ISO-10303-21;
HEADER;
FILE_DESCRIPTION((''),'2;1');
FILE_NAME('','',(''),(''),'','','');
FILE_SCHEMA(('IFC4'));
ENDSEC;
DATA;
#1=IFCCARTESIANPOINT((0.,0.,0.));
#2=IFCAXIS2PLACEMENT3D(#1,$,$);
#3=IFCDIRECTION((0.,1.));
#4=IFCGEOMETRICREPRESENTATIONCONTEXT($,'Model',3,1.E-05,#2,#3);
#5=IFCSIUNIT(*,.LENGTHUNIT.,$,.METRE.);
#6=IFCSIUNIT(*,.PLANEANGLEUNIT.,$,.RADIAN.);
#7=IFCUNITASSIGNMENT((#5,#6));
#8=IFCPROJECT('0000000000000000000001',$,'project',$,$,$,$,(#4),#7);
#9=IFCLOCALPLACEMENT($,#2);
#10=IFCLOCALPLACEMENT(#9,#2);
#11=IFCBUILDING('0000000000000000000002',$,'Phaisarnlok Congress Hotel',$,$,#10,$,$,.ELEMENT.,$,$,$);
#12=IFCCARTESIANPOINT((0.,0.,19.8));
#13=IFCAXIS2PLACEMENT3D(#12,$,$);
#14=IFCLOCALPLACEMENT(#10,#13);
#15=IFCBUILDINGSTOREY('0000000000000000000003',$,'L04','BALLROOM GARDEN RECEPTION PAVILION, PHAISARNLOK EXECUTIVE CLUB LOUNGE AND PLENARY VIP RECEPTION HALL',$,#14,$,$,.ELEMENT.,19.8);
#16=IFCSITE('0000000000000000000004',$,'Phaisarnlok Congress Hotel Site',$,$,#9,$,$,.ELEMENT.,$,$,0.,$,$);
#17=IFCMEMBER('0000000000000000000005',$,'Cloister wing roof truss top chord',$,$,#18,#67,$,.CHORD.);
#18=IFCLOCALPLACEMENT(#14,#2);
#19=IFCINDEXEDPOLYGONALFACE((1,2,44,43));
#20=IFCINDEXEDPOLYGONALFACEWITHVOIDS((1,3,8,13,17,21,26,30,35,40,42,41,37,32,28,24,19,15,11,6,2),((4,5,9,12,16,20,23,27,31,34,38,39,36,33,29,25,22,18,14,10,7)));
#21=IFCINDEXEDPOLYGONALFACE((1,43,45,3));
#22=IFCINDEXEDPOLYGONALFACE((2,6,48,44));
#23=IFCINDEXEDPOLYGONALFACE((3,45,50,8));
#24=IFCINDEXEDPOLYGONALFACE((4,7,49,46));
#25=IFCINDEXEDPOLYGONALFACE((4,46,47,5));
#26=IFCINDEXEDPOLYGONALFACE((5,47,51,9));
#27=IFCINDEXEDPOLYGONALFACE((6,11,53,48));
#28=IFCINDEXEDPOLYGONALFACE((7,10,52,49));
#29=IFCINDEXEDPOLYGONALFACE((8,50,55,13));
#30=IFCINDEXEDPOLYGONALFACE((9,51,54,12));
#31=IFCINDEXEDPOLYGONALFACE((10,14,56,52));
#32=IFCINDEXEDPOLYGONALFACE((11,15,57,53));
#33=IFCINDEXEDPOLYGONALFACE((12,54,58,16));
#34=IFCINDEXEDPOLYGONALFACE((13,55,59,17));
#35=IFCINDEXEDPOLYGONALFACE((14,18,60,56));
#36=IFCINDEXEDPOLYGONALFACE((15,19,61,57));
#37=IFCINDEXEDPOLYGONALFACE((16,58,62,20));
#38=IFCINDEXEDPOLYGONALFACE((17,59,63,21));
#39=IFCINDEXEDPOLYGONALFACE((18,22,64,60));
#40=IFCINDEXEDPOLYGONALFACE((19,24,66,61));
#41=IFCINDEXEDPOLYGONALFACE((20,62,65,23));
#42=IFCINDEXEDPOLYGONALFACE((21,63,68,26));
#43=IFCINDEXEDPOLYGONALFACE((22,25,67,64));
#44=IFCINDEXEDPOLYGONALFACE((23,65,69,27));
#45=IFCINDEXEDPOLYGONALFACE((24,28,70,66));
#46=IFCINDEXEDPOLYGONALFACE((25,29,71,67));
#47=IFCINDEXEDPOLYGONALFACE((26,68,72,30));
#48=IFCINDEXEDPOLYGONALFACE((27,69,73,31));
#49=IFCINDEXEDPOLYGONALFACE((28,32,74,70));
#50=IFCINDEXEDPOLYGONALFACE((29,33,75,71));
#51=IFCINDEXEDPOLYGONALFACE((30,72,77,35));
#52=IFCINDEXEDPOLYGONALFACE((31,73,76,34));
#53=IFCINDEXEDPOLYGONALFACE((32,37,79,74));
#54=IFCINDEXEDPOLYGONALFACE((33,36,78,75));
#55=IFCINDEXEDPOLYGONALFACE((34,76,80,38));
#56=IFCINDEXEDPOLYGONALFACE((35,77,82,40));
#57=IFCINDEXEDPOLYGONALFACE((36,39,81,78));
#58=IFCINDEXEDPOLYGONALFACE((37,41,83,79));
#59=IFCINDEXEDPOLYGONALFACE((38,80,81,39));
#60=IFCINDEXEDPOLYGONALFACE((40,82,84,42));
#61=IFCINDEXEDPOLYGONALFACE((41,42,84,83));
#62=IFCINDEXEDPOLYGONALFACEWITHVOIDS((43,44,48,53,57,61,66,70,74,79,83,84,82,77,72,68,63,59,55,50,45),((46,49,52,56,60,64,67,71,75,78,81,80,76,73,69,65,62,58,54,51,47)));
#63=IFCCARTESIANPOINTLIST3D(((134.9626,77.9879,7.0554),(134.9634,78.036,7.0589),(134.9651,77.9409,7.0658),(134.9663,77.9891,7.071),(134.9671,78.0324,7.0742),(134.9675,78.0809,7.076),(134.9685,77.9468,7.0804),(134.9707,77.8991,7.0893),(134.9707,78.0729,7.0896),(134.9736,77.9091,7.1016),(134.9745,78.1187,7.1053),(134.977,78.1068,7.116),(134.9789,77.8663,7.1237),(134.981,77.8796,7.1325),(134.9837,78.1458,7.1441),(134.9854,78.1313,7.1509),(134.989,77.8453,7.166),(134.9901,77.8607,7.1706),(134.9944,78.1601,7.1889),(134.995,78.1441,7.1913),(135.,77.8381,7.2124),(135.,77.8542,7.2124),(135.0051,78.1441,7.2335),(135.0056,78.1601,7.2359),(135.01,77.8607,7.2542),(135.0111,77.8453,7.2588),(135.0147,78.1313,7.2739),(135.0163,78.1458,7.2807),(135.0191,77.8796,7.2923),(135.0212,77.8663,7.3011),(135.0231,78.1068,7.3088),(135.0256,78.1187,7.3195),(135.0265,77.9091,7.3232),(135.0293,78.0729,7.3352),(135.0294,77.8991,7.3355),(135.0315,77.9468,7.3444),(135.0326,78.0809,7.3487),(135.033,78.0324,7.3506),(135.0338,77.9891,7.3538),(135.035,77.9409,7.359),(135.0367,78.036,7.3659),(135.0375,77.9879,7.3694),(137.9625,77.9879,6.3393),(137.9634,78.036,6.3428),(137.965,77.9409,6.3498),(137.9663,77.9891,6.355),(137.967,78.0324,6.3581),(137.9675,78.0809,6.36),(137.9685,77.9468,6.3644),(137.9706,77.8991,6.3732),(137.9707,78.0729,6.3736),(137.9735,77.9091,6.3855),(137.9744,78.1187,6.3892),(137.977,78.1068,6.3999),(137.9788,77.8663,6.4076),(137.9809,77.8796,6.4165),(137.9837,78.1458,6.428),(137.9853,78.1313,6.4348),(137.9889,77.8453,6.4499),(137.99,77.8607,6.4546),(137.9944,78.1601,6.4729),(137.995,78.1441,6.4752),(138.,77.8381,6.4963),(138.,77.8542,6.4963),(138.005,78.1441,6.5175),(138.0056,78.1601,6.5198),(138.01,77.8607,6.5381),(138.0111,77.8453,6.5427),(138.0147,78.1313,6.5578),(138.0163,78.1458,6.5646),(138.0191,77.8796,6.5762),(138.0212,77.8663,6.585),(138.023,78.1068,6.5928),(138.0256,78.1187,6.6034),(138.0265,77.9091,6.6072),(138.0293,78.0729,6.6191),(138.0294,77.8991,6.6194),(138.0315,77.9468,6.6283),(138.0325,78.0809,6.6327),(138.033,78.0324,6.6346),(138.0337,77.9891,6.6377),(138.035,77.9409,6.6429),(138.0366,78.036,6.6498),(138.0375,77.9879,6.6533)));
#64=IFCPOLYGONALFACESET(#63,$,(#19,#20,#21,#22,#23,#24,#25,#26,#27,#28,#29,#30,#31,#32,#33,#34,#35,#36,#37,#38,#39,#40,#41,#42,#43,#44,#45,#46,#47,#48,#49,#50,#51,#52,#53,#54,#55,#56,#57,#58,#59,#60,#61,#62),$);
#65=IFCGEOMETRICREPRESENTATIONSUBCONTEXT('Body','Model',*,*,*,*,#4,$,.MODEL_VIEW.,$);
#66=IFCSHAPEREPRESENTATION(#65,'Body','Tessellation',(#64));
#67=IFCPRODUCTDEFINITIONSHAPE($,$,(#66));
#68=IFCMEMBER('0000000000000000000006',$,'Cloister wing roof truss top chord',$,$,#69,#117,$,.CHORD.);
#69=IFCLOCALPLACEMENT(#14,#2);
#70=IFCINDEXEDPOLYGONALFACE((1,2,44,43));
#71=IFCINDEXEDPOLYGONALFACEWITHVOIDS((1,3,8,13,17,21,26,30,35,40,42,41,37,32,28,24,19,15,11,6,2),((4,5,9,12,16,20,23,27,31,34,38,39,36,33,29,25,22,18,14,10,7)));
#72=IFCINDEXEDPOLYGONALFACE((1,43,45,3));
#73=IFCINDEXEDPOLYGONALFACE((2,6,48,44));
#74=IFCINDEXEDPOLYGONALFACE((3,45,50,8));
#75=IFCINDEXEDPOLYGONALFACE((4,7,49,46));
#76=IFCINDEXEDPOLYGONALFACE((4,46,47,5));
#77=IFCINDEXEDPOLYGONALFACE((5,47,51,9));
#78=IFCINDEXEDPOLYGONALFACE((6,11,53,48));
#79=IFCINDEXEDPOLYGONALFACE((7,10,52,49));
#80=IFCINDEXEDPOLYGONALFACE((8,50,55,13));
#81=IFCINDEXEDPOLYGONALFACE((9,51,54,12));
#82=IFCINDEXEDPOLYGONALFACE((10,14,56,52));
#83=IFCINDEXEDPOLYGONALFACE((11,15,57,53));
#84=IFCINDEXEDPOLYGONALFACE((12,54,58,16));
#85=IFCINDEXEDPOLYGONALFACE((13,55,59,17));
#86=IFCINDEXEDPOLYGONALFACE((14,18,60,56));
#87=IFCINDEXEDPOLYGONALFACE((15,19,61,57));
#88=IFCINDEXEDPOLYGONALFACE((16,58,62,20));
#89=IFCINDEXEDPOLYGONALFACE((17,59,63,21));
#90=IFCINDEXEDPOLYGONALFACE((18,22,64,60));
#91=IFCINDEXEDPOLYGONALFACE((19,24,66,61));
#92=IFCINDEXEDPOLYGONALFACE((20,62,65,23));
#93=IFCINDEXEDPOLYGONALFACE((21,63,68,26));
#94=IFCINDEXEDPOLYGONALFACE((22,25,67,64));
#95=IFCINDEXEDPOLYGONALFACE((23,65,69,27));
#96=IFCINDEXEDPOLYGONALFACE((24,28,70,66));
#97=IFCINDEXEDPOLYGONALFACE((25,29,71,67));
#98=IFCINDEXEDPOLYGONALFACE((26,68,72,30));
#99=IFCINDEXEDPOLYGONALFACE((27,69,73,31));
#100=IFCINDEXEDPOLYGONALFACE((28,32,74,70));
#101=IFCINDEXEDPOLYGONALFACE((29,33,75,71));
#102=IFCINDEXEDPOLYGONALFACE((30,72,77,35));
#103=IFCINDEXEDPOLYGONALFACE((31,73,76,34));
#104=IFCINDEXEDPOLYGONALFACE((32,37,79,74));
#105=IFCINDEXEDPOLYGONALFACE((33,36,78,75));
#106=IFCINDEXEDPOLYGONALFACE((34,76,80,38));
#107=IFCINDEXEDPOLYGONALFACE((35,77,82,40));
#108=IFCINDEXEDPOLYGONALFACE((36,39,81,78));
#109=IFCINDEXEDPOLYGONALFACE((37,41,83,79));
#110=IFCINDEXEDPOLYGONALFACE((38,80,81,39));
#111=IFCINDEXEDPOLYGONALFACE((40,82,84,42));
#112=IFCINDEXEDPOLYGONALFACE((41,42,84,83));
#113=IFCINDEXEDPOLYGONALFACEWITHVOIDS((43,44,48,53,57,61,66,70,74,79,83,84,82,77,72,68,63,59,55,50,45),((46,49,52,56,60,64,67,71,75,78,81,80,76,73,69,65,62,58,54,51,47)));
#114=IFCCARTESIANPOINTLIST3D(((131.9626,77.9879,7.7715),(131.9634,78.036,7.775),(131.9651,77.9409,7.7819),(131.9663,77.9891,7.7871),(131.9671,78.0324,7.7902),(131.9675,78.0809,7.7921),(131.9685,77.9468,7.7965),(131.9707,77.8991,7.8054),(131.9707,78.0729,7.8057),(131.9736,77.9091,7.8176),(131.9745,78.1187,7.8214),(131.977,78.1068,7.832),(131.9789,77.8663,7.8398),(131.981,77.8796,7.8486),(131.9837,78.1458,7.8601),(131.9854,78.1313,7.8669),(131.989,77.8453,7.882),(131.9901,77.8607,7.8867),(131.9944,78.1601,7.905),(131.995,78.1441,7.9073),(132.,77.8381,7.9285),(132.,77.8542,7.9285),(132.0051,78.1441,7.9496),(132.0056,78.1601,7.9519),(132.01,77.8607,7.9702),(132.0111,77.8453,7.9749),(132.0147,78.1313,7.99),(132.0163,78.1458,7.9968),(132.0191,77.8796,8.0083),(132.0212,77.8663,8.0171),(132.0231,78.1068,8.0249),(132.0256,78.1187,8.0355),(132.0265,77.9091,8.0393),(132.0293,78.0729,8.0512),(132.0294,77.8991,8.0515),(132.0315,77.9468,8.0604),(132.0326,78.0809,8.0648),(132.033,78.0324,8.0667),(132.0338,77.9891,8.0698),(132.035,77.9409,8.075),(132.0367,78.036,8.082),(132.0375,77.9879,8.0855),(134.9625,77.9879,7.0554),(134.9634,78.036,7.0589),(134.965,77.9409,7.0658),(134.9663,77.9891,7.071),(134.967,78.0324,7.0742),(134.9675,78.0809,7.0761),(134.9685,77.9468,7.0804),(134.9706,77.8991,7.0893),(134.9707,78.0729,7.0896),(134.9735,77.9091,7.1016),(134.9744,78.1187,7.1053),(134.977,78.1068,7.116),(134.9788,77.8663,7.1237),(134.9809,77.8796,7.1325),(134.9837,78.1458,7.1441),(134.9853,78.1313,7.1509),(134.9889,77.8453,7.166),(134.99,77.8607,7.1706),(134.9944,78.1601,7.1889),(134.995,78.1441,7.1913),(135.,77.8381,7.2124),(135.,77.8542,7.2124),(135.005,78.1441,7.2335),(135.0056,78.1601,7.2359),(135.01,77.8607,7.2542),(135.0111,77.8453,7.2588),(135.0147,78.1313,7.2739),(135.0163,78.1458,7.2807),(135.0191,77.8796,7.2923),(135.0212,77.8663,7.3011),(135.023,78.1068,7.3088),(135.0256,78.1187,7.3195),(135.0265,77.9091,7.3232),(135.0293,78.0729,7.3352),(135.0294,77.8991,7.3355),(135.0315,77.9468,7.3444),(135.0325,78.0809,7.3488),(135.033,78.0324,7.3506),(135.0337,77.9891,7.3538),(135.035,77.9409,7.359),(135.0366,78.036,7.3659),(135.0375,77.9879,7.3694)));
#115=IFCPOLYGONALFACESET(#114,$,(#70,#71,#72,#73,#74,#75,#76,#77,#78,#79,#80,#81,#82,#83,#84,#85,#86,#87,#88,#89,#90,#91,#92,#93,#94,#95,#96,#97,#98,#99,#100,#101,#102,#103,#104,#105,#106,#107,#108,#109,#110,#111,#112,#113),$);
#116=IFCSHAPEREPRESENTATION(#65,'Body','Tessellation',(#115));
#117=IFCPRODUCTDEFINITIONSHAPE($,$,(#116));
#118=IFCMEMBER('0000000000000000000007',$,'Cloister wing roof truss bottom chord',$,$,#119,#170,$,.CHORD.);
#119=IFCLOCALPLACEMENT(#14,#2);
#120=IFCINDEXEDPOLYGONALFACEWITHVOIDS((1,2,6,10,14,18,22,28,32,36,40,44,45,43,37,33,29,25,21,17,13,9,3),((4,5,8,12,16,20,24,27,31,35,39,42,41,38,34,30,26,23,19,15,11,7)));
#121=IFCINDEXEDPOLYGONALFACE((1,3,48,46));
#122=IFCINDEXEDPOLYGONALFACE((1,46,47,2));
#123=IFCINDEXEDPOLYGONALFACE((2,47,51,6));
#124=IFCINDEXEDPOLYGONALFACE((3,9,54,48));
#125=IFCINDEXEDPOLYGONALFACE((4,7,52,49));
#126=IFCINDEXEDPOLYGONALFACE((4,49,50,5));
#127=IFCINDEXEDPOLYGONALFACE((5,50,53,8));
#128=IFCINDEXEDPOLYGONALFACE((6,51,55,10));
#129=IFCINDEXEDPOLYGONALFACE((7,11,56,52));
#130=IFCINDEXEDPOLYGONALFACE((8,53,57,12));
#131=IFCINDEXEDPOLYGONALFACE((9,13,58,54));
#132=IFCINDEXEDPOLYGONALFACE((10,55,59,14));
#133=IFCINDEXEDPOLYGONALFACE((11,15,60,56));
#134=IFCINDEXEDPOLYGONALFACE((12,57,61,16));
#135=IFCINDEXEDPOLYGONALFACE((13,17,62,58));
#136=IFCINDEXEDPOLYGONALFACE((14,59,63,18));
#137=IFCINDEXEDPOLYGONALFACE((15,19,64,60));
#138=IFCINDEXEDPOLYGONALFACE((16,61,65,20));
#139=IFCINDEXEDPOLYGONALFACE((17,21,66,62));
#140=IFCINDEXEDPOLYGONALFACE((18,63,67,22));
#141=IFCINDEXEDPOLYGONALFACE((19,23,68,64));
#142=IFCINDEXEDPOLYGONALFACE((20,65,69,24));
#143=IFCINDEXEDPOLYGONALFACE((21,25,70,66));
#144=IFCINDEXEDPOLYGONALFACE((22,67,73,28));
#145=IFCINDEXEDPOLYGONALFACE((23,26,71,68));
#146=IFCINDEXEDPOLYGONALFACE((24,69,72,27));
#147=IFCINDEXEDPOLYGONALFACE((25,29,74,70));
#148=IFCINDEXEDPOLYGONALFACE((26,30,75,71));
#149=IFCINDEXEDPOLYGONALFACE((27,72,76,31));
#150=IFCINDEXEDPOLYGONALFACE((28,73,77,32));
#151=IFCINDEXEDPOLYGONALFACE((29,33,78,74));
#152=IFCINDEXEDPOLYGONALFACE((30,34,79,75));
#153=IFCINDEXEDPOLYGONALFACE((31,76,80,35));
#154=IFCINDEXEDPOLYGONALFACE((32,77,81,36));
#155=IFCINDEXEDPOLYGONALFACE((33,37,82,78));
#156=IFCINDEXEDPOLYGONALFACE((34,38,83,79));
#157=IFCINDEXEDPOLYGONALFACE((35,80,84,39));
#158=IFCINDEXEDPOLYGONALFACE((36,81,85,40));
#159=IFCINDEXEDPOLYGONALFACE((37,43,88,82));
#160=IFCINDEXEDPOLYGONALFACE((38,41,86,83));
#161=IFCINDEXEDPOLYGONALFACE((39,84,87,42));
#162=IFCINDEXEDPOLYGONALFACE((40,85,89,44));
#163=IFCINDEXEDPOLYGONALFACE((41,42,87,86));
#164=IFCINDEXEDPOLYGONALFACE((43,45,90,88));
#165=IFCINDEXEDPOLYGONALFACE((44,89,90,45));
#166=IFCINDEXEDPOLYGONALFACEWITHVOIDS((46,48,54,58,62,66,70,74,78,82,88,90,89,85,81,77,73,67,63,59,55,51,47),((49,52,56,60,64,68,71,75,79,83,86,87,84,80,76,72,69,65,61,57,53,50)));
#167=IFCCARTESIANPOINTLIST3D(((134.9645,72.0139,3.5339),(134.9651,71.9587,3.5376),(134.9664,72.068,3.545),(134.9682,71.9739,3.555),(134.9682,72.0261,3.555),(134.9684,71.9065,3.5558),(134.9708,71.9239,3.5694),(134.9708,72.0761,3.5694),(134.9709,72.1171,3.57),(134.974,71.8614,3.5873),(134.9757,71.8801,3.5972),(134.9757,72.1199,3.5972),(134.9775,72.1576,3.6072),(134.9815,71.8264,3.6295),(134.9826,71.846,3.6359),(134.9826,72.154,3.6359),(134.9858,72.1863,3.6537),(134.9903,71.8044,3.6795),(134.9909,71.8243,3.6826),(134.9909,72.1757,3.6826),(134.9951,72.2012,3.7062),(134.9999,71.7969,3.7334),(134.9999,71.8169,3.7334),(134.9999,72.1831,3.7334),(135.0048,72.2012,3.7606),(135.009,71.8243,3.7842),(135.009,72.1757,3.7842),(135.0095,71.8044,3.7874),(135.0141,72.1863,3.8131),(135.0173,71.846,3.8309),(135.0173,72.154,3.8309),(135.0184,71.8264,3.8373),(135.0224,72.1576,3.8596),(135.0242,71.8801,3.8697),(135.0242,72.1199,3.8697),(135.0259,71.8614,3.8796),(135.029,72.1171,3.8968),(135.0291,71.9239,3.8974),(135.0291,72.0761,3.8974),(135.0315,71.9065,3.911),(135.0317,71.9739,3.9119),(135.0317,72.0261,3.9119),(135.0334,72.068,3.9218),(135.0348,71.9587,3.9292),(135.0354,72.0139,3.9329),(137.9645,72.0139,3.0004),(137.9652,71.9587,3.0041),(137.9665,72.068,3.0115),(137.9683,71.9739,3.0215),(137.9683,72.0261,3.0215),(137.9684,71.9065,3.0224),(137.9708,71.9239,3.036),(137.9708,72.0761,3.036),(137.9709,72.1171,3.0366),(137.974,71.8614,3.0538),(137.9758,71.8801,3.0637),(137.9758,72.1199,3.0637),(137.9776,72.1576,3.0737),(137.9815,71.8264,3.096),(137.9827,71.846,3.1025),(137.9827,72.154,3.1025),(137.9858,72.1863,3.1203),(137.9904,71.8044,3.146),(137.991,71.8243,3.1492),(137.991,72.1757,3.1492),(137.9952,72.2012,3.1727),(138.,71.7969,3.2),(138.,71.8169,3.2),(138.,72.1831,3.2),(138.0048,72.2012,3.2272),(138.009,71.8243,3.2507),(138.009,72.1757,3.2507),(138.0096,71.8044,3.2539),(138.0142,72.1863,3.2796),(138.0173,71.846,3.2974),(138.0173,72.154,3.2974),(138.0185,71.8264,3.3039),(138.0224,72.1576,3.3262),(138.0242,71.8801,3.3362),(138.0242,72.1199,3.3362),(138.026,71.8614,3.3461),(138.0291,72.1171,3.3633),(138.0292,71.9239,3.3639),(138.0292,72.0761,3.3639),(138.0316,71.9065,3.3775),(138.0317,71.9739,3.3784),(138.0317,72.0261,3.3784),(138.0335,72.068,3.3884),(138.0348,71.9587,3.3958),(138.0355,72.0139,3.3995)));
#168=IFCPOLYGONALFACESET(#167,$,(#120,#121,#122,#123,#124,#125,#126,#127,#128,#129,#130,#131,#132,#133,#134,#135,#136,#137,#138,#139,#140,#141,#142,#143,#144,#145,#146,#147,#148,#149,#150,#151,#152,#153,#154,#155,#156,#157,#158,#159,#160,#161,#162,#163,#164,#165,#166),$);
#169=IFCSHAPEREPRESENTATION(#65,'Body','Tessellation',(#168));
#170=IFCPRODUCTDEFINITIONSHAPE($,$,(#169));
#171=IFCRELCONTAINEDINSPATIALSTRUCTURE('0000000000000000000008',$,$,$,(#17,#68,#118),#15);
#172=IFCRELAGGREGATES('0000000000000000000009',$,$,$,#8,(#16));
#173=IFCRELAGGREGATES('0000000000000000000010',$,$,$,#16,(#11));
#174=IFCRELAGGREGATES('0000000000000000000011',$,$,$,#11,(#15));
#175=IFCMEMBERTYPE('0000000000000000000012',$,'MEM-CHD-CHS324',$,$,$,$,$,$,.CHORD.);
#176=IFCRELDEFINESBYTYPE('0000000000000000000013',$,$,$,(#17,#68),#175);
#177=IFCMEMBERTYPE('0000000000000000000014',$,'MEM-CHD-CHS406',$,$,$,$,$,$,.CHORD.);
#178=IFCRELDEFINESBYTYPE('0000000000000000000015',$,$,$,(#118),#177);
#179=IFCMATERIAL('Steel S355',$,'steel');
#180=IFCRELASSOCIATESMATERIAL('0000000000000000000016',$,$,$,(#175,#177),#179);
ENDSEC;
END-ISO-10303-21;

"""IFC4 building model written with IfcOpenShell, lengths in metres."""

from ifc_helpers import new_model, si_unit, direction, frame, origin, origin_2d, place, context, subcontext, project, spatial, hollow_circle, extrude, material, material_profile, profile_set, type_object, element, save


model = new_model("IFC4")

# Units and contexts
model_context = context("Model", 3, precision=1e-05, world=origin(), true_north=direction((0.0, 1.0)))
body_context = subcontext(model_context, "Body", "Model", "MODEL_VIEW")
ifc_project = project(units=[si_unit("LENGTHUNIT", "METRE"), si_unit("PLANEANGLEUNIT", "RADIAN")], contexts=[model_context])

# Site, building, storey
site_placement = place(None, origin())
site = spatial("IfcSite", under=ifc_project, at=site_placement, Name="Phaisarnlok Congress Hotel Site", CompositionType="ELEMENT", RefElevation=0.0)
building_placement = place(site_placement, origin())
building = spatial("IfcBuilding", under=site, at=building_placement, Name="Phaisarnlok Congress Hotel", CompositionType="ELEMENT")
storey_placement = place(building_placement, frame((0.0, 0.0, 19.8)))
storey = spatial("IfcBuildingStorey", under=building, at=storey_placement, Name="L04", Description="BALLROOM GARDEN RECEPTION PAVILION, PHAISARNLOK EXECUTIVE CLUB LOUNGE AND PLENARY VIP RECEPTION HALL", CompositionType="ELEMENT", Elevation=19.8)

# Shared definitions
ifc_material_1 = material(Name="Steel S355", Category="steel")

# Members
ifc_material_profile_1 = material_profile(ifc_material_1, hollow_circle(Radius=0.1619, WallThickness=0.0161, at=origin_2d()), Name="CHS 323.9x16")
ifc_profile_set_1 = profile_set([ifc_material_profile_1], Name="Steel S355")
member_type_1 = type_object("IfcMemberType", Name="MEM-CHD-CHS324", PredefinedType="CHORD", material=ifc_profile_set_1)
for number, where, z_axis, x_axis, name in (
    (1, (138.0, 78.0, 6.4963), (-0.972676, 0.0, 0.232166), (0.0, -1.0, 0.0), "Cloister wing roof truss top chord"),
    (2, (135.0, 78.0, 7.2124), (-0.972676, 0.0, 0.232166), (0.0, -1.0, 0.0), "Cloister wing roof truss top chord"),
):
    element("IfcMember", number, at=place(storey_placement, frame(where, z_axis=z_axis, x_axis=x_axis)), inside=storey, type_object=member_type_1, Name=name, PredefinedType="CHORD", context=body_context, shape_type="SweptSolid", body=[
        extrude(hollow_circle(Radius=0.1619, WallThickness=0.0161, at=origin_2d()), origin(), (0.0, 0.0, 1.0), 3.0842),
    ])
ifc_material_profile_2 = material_profile(ifc_material_1, hollow_circle(Radius=0.2031, WallThickness=0.02, at=origin_2d()), Name="CHS 406.4x20")
ifc_profile_set_2 = profile_set([ifc_material_profile_2], Name="Steel S355")
member_type_2 = type_object("IfcMemberType", Name="MEM-CHD-CHS406", PredefinedType="CHORD", material=ifc_profile_set_2)
for number, where, z_axis, x_axis, name in (
    (3, (138.0, 72.0, 3.2), (-0.984556, 0.0, 0.17507), (0.0, -1.0, 0.0), "Cloister wing roof truss bottom chord"),
):
    element("IfcMember", number, at=place(storey_placement, frame(where, z_axis=z_axis, x_axis=x_axis)), inside=storey, type_object=member_type_2, Name=name, PredefinedType="CHORD", context=body_context, shape_type="SweptSolid", body=[
        extrude(hollow_circle(Radius=0.2031, WallThickness=0.02, at=origin_2d()), origin(), (0.0, 0.0, 1.0), 3.0471),
    ])

save(model, "model.ifc")
